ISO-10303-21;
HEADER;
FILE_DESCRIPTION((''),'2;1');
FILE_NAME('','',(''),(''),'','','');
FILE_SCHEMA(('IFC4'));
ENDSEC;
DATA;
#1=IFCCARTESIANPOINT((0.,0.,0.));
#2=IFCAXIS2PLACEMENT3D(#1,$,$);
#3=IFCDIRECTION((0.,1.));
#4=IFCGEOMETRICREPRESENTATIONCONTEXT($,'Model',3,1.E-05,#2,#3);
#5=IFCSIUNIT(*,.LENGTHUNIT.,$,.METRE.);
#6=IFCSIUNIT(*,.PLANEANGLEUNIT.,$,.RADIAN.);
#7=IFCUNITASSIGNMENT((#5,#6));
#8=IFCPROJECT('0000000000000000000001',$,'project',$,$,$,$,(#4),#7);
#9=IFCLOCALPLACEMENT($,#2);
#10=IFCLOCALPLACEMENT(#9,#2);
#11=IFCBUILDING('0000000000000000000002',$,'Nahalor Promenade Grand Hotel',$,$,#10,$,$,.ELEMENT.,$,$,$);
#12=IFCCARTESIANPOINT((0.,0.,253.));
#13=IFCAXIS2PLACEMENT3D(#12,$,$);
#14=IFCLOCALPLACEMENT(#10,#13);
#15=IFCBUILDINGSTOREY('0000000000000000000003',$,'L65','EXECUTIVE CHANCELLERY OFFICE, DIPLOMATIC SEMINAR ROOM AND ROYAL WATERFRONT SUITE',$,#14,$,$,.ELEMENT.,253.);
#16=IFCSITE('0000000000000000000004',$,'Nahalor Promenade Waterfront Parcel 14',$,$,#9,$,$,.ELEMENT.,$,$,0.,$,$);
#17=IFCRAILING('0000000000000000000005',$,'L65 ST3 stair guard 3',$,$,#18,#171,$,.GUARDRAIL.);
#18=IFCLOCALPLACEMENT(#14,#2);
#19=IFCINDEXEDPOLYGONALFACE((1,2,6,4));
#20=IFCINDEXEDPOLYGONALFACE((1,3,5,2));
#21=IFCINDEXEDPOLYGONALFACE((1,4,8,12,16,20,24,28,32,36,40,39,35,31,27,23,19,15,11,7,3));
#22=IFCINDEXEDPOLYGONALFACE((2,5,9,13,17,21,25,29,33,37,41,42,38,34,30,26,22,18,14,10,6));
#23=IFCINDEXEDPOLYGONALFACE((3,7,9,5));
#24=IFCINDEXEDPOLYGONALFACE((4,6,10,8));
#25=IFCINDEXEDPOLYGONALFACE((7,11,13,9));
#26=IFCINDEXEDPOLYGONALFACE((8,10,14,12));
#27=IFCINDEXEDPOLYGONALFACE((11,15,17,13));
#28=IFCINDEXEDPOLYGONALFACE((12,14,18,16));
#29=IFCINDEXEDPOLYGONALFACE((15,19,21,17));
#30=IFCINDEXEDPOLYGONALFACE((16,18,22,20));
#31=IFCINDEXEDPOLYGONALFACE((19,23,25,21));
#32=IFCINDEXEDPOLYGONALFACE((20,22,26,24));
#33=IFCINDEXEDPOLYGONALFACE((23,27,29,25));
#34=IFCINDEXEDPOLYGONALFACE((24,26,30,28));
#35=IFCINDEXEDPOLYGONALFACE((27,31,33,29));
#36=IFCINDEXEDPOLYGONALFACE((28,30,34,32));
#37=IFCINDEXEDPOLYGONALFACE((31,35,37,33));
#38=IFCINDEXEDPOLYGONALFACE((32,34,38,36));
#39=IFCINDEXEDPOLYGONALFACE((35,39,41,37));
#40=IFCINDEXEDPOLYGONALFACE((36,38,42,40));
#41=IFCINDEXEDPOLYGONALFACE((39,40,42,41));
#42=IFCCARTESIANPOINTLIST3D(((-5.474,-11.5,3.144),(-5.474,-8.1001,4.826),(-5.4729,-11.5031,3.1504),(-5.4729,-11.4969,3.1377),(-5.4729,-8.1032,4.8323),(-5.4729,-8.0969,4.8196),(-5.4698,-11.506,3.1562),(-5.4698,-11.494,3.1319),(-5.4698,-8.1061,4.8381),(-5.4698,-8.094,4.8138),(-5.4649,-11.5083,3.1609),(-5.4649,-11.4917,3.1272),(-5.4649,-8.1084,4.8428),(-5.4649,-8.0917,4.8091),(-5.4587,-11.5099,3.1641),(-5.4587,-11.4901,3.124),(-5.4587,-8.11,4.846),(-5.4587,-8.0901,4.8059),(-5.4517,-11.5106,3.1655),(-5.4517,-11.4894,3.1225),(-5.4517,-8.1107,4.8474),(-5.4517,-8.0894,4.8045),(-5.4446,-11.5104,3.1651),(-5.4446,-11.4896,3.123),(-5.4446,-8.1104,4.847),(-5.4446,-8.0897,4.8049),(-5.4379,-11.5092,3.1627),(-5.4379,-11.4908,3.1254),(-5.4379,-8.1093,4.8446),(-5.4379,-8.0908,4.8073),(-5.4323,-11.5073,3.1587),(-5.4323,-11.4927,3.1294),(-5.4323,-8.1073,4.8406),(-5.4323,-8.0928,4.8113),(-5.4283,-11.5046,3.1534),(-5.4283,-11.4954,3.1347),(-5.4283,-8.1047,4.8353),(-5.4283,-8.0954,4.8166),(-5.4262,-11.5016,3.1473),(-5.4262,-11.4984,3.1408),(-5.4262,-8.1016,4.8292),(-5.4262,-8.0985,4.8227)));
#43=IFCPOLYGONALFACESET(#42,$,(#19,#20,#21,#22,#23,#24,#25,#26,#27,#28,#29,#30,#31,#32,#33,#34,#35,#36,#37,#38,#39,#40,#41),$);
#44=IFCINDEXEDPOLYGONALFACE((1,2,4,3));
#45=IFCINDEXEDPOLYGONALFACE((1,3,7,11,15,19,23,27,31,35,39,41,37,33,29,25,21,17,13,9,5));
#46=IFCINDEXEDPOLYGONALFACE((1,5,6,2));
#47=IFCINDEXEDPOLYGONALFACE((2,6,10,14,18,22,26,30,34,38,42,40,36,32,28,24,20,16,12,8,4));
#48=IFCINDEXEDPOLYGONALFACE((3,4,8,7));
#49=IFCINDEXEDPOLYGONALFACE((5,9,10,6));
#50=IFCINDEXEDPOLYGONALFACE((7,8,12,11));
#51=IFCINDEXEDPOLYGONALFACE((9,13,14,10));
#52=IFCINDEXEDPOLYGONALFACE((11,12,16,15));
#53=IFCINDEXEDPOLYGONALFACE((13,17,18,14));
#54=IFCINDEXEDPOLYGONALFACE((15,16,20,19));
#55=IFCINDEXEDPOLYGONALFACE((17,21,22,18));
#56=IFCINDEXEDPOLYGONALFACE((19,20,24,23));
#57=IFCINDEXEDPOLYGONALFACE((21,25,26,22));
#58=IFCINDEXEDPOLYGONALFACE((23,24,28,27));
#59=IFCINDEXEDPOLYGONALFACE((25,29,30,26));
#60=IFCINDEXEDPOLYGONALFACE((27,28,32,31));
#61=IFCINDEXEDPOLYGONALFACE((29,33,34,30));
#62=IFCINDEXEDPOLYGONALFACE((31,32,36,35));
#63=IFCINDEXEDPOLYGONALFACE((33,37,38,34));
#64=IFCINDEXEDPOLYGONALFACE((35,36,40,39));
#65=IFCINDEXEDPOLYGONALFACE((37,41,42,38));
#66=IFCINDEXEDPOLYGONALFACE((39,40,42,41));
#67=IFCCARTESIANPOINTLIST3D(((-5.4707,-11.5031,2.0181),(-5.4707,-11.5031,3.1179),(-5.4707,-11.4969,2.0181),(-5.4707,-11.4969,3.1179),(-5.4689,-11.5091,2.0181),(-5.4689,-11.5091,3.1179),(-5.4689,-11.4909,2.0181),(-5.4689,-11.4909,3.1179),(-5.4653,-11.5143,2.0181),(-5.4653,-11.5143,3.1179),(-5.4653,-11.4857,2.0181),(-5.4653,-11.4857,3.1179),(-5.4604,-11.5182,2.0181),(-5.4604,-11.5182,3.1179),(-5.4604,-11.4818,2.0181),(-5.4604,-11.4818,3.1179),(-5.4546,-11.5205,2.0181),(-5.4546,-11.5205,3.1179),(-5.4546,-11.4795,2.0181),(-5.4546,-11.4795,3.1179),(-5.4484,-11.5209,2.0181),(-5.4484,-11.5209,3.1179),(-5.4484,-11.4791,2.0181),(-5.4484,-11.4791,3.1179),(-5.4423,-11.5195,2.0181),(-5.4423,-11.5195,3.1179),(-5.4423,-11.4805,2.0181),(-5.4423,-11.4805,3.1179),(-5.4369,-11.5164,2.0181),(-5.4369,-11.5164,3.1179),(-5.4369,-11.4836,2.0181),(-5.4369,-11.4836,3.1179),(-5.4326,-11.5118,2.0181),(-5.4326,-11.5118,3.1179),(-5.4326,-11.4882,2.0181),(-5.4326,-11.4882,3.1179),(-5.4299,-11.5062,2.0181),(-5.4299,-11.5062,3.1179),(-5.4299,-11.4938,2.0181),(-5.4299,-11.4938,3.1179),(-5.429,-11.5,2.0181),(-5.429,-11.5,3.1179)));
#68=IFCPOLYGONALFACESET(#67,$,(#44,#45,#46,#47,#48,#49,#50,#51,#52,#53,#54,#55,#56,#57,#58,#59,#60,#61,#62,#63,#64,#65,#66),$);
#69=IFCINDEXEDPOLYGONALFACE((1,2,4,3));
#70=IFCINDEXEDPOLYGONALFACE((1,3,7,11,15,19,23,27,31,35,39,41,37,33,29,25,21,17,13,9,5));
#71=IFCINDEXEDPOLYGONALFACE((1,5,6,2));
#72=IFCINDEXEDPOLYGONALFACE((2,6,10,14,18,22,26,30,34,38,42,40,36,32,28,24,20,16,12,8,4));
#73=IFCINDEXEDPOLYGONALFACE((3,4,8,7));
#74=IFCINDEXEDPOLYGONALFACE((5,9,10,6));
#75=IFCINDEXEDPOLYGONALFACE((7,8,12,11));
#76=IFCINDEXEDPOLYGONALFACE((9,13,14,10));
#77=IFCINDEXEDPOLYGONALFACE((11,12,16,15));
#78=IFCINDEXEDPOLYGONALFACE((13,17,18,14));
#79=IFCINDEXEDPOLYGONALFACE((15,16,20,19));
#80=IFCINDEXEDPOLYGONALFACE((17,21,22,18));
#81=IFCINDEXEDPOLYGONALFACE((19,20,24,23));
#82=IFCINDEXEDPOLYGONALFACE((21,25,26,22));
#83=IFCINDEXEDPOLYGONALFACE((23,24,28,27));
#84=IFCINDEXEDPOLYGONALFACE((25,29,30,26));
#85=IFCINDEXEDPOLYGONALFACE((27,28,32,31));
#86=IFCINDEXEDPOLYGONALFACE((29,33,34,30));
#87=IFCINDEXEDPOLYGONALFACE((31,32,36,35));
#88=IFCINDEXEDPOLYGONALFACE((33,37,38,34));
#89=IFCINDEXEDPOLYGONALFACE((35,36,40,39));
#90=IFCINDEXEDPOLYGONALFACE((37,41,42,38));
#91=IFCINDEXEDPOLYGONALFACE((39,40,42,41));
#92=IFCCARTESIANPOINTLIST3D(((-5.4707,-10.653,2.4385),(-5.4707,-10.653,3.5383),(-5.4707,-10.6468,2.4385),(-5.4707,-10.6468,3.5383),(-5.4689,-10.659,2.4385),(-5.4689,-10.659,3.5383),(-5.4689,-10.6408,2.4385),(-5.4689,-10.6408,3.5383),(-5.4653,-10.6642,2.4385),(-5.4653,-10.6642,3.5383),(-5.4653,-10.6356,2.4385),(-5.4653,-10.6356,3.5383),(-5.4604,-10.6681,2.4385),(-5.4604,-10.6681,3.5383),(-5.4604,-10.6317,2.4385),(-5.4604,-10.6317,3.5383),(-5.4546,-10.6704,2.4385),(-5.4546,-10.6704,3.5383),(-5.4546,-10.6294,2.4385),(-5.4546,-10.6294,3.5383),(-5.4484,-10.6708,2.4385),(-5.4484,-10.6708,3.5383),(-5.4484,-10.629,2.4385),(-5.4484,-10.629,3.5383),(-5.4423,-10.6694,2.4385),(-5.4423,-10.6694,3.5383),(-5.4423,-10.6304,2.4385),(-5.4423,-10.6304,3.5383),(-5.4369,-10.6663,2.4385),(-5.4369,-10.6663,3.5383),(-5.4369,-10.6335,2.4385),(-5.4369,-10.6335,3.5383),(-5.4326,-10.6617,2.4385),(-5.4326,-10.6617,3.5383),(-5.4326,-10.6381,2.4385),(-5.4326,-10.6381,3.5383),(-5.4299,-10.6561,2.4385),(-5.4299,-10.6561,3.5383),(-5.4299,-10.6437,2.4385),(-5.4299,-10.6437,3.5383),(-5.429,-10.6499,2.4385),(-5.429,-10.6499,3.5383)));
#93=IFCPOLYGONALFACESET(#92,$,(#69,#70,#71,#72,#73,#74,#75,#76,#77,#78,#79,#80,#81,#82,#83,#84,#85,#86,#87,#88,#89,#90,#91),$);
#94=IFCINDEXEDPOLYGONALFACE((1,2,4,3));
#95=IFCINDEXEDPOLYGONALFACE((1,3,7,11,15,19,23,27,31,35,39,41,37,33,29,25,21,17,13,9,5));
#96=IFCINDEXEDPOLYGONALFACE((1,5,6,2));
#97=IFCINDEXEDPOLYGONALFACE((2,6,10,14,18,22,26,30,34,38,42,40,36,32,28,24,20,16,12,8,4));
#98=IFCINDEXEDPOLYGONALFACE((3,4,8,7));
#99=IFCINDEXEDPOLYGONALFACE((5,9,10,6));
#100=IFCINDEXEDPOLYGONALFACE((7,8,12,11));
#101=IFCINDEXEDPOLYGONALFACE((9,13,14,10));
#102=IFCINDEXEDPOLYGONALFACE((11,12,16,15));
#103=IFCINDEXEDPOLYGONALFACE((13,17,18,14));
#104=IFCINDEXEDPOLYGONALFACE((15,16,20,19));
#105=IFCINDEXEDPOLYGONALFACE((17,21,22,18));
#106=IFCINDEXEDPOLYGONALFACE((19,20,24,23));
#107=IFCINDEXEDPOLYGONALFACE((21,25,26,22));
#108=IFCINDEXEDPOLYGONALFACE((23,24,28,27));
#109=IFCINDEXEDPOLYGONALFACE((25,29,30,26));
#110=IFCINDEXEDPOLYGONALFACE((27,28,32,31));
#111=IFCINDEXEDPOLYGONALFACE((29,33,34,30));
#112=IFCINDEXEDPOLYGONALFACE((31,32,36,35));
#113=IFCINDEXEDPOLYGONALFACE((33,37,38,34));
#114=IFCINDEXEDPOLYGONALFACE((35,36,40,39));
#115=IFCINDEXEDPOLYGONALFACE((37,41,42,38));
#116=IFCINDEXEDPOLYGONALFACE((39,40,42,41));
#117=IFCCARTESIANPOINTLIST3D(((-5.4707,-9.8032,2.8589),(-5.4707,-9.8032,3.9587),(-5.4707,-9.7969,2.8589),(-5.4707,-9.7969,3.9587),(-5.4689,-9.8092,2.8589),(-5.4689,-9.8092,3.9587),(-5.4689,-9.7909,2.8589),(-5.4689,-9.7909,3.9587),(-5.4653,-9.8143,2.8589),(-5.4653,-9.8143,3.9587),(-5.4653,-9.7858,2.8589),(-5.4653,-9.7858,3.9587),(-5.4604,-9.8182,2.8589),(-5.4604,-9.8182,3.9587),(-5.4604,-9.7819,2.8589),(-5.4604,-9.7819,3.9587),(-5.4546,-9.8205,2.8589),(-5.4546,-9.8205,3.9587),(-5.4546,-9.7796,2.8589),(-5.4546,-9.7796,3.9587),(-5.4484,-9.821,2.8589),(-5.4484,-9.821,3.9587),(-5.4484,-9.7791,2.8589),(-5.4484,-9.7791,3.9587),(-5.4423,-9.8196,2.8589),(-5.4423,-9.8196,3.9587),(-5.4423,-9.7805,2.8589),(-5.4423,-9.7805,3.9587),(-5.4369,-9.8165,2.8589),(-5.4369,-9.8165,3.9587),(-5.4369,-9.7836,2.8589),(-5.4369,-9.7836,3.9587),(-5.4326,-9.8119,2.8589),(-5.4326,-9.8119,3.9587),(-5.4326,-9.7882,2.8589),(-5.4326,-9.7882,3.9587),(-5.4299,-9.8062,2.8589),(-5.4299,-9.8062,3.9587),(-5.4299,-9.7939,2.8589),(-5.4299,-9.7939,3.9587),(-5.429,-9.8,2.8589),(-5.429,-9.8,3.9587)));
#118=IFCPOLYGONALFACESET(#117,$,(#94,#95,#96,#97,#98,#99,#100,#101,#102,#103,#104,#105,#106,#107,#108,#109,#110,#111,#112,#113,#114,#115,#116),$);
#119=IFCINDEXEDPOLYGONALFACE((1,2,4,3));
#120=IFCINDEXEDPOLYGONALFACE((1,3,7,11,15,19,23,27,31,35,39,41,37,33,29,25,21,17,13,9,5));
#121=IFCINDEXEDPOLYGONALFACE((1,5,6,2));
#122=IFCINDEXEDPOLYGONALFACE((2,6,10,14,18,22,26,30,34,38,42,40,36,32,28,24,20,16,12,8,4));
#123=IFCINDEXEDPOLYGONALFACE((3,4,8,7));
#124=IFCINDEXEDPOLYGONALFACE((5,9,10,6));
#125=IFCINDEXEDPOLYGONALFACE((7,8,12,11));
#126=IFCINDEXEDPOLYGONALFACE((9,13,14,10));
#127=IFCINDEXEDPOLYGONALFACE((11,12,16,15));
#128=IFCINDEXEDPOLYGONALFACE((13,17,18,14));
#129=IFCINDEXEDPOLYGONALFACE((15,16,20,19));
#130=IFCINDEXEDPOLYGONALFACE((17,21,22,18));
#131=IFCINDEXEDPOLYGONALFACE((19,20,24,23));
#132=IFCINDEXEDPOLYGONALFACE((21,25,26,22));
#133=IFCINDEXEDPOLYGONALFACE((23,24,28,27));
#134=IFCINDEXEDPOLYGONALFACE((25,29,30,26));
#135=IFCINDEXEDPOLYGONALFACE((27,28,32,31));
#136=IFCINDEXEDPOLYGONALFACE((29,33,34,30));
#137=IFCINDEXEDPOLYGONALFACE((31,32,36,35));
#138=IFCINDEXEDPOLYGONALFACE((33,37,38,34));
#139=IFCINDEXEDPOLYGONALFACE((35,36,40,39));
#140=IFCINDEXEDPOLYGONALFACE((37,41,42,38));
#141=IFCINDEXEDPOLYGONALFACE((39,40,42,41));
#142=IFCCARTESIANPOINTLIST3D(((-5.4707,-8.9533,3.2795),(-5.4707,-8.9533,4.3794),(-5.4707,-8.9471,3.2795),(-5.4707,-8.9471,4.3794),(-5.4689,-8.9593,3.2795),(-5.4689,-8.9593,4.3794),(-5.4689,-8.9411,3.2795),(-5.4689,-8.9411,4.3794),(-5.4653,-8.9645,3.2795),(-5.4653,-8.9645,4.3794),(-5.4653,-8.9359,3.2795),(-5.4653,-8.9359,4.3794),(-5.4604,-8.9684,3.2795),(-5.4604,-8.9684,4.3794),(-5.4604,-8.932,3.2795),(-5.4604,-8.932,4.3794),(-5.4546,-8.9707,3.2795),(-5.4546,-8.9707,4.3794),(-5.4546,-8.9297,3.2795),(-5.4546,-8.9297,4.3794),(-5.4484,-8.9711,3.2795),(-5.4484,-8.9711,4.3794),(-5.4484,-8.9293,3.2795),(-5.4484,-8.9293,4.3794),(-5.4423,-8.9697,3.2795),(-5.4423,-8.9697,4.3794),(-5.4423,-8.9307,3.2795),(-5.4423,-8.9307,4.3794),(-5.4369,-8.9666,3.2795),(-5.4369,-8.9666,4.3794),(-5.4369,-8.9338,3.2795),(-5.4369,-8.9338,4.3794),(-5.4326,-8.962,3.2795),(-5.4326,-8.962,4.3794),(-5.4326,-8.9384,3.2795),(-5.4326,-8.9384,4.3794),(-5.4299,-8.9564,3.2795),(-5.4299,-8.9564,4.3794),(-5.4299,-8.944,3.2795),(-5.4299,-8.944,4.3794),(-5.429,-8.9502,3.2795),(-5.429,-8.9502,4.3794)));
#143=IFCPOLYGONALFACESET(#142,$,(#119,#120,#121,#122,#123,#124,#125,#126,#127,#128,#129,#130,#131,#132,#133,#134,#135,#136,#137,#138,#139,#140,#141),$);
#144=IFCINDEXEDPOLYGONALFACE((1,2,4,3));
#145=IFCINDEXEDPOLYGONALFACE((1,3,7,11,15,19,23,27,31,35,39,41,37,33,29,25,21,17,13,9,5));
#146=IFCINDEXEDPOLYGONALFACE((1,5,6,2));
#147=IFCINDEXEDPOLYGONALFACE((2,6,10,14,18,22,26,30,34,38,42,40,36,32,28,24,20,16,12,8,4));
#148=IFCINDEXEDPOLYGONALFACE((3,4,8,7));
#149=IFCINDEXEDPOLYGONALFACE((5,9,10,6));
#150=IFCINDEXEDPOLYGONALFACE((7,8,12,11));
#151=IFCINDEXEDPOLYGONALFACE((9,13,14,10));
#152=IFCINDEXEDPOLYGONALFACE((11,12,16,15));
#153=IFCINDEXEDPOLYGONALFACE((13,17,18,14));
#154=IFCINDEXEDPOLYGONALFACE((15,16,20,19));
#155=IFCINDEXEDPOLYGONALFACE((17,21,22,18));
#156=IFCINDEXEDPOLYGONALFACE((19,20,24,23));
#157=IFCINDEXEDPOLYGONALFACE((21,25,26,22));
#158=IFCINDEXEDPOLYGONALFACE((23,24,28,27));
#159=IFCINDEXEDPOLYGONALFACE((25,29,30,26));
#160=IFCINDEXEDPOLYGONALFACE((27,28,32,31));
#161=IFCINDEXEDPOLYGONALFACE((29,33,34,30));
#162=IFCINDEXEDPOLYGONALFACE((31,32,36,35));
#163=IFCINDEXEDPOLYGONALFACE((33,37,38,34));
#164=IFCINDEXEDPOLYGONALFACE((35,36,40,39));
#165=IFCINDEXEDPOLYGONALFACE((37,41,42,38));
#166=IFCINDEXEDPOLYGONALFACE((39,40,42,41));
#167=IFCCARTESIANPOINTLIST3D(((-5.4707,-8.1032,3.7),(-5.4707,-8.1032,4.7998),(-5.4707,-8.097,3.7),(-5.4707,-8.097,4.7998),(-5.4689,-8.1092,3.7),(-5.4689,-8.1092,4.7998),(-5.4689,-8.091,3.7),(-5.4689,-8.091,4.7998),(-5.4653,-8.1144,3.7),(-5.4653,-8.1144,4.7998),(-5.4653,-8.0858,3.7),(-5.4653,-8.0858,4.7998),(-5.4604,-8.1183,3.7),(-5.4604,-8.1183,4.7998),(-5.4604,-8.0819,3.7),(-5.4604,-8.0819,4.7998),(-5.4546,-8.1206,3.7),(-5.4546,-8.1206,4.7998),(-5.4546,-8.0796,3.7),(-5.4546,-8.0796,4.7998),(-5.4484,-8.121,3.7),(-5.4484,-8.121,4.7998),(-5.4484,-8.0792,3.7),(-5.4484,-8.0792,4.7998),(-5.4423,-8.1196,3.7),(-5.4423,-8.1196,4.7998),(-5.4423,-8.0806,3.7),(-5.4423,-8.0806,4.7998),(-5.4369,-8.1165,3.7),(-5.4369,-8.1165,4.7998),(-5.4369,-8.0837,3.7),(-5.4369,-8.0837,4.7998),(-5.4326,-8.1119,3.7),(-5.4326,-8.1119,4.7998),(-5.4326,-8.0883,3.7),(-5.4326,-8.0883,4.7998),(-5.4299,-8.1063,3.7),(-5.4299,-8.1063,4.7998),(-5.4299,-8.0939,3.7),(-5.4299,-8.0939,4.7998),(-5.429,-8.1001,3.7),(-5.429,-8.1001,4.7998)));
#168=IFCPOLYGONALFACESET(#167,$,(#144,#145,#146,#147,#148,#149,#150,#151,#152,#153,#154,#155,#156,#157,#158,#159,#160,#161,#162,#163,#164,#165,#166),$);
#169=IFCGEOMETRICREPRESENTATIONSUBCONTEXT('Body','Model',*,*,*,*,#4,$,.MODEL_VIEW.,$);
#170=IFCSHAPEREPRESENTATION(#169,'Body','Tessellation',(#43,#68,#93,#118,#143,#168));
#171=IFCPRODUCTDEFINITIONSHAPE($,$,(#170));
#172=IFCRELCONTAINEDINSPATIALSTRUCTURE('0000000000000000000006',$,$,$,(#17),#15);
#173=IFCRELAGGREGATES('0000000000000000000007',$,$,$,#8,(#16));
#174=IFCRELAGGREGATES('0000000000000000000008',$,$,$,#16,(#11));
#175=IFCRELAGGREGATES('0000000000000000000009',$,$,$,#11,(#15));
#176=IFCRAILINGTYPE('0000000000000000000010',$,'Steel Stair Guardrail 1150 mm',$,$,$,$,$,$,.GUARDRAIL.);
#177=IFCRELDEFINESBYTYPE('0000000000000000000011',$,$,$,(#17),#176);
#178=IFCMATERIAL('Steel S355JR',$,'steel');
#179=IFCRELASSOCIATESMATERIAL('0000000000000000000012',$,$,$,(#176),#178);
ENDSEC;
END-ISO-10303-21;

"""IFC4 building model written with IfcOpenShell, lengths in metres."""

from ifc_helpers import new_model, si_unit, direction, frame, origin, origin_2d, place, context, subcontext, project, spatial, circle, extrude, material, type_object, element, save


model = new_model("IFC4")

# Units and contexts
model_context = context("Model", 3, precision=1e-05, world=origin(), true_north=direction((0.0, 1.0)))
body_context = subcontext(model_context, "Body", "Model", "MODEL_VIEW")
ifc_project = project(units=[si_unit("LENGTHUNIT", "METRE"), si_unit("PLANEANGLEUNIT", "RADIAN")], contexts=[model_context])

# Site, building, storey
site_placement = place(None, origin())
site = spatial("IfcSite", under=ifc_project, at=site_placement, Name="Nahalor Promenade Waterfront Parcel 14", CompositionType="ELEMENT", RefElevation=0.0)
building_placement = place(site_placement, origin())
building = spatial("IfcBuilding", under=site, at=building_placement, Name="Nahalor Promenade Grand Hotel", CompositionType="ELEMENT")
storey_placement = place(building_placement, frame((0.0, 0.0, 253.0)))
storey = spatial("IfcBuildingStorey", under=building, at=storey_placement, Name="L65", Description="EXECUTIVE CHANCELLERY OFFICE, DIPLOMATIC SEMINAR ROOM AND ROYAL WATERFRONT SUITE", CompositionType="ELEMENT", Elevation=253.0)

# Shared definitions
ifc_material_1 = material(Name="Steel S355JR", Category="steel")

# Railing
railing_type_1 = type_object("IfcRailingType", Name="Steel Stair Guardrail 1150 mm", PredefinedType="GUARDRAIL", material=ifc_material_1)
railing_1_placement = place(storey_placement, frame((-5.45, -11.5, 2.0181)))
element("IfcRailing", 1, at=railing_1_placement, inside=storey, type_object=railing_type_1, Name="L65 ST3 stair guard 3", PredefinedType="GUARDRAIL", context=body_context, shape_type="SweptSolid", body=[
    extrude(circle(Radius=0.024, at=origin_2d()), frame((0.0, 0.0, 1.126), z_axis=(0.0, 0.896324, 0.443399), x_axis=(-1.0, 0.0, 0.0)), (0.0, 0.0, 1.0), 3.7932),
    extrude(circle(Radius=0.021, at=origin_2d()), origin(), (0.0, 0.0, 1.0), 1.0999),
    extrude(circle(Radius=0.021, at=origin_2d()), frame((0.0, 0.8501, 0.4204)), (0.0, 0.0, 1.0), 1.0999),
    extrude(circle(Radius=0.021, at=origin_2d()), frame((0.0, 1.7, 0.8408)), (0.0, 0.0, 1.0), 1.0999),
    extrude(circle(Radius=0.021, at=origin_2d()), frame((0.0, 2.5498, 1.2615)), (0.0, 0.0, 1.0), 1.0999),
    extrude(circle(Radius=0.021, at=origin_2d()), frame((0.0, 3.3999, 1.6819)), (0.0, 0.0, 1.0), 1.0999),
])

save(model, "model.ifc")
